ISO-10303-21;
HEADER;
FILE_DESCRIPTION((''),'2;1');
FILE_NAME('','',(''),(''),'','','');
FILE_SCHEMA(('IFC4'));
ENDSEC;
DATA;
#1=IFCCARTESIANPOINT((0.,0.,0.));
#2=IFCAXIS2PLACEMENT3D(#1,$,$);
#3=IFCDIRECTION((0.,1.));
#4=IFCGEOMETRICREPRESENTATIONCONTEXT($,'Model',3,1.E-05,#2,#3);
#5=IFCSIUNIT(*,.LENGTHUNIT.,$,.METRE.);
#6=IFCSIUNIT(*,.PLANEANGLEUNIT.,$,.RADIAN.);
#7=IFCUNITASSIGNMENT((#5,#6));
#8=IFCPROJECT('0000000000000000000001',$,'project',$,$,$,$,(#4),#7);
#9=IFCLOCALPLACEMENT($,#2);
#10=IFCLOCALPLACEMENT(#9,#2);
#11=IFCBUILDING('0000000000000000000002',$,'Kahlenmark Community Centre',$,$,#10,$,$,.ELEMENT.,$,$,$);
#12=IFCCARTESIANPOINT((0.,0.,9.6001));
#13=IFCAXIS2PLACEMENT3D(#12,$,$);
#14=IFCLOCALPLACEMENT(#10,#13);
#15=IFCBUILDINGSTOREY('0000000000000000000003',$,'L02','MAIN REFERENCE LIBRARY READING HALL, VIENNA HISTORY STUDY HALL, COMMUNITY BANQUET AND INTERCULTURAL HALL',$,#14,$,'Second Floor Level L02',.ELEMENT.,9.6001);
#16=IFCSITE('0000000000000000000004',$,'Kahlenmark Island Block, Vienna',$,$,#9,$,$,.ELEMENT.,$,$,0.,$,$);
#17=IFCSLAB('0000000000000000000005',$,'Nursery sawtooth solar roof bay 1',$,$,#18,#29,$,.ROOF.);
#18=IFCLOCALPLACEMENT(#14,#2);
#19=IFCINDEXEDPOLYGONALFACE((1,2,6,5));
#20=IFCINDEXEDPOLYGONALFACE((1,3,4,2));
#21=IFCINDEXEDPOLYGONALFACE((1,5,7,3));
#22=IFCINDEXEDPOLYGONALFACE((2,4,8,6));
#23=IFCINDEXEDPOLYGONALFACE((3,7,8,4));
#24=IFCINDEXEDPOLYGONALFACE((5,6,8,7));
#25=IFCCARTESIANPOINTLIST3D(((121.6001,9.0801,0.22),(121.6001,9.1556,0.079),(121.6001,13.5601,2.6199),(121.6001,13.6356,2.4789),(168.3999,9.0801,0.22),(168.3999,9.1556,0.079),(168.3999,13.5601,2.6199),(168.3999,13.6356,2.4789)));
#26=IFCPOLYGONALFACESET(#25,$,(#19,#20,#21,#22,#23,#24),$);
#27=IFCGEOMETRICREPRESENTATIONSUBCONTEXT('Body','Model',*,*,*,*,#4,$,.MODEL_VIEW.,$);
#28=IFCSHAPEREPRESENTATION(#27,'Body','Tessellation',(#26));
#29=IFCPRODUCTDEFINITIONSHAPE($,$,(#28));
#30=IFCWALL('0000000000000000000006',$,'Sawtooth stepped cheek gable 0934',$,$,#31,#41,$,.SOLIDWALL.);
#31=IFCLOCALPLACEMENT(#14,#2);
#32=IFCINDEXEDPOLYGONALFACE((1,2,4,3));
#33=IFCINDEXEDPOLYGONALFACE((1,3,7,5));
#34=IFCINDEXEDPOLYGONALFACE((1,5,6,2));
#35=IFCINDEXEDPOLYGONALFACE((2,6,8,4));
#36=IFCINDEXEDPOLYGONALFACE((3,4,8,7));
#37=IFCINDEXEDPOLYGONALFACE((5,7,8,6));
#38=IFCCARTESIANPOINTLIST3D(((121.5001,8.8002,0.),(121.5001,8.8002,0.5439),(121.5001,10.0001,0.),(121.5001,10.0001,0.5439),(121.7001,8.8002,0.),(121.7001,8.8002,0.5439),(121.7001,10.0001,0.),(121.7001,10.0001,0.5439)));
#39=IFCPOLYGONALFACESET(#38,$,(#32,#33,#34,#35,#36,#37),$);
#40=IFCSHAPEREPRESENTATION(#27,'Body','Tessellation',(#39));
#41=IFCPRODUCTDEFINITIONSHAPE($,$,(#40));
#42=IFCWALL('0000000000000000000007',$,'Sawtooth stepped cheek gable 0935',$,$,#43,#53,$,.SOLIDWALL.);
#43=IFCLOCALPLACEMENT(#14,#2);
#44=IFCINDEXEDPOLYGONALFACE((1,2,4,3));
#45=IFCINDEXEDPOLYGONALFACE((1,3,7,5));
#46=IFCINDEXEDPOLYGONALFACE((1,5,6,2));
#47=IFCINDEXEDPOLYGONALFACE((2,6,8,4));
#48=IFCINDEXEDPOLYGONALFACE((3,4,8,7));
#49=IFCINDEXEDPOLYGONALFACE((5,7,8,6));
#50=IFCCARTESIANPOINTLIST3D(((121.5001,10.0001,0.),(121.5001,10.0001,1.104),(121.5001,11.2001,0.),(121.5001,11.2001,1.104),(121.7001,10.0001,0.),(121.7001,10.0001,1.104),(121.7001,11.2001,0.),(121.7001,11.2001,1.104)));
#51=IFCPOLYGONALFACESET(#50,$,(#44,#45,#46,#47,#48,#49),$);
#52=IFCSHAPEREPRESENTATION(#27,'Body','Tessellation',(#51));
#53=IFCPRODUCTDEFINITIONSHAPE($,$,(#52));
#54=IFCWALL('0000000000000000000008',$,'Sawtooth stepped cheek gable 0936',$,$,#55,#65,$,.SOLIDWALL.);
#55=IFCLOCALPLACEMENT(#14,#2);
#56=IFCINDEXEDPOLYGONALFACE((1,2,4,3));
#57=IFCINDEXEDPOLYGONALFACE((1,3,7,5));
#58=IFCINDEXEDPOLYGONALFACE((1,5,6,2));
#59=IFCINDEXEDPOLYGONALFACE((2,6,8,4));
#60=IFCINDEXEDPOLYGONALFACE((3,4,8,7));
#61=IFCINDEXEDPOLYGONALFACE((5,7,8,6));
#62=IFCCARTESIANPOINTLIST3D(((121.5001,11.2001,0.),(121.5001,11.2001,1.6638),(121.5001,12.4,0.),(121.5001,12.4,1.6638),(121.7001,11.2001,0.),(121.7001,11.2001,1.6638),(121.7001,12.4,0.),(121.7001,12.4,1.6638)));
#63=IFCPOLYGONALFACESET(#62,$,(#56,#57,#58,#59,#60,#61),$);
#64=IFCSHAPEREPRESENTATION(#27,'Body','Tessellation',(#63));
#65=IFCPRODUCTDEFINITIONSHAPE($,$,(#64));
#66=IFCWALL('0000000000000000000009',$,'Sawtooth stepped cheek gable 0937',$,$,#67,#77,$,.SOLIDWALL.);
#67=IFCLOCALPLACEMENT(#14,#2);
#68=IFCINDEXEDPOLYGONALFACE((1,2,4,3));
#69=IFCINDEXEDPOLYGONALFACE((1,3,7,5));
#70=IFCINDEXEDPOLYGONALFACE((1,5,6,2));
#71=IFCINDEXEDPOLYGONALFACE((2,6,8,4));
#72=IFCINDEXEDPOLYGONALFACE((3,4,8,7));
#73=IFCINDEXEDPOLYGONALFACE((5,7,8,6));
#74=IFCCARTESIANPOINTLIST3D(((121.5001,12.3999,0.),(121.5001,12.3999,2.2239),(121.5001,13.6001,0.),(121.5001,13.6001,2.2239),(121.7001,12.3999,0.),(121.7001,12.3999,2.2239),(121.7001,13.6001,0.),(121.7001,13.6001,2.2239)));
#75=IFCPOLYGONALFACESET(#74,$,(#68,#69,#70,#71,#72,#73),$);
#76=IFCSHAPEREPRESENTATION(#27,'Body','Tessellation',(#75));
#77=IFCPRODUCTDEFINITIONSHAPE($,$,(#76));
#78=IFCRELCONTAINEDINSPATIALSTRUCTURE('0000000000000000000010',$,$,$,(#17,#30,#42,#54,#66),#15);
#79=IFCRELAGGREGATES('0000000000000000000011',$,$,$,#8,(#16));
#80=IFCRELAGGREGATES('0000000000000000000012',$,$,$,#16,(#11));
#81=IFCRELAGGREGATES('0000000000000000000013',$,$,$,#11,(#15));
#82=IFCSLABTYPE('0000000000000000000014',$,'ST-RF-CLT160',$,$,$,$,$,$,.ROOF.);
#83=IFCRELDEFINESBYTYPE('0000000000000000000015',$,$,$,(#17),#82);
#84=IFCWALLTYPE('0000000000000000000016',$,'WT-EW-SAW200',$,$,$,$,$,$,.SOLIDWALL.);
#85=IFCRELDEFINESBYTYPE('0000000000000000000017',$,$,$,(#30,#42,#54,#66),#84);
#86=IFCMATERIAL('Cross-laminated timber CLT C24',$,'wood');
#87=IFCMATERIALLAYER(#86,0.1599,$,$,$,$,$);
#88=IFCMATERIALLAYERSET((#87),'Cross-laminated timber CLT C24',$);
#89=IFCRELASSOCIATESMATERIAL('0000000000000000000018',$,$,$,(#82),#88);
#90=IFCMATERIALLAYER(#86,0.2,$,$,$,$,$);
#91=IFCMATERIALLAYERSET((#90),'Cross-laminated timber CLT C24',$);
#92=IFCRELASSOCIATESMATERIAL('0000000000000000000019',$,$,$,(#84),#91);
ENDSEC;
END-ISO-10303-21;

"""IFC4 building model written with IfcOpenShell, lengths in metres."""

from ifc_helpers import new_model, si_unit, direction, frame, frame_2d, origin, place, context, subcontext, project, spatial, polyline, rectangle, outline, extrude, material, layer, layer_set, type_object, element, save


model = new_model("IFC4")

# Units and contexts
model_context = context("Model", 3, precision=1e-05, world=origin(), true_north=direction((0.0, 1.0)))
body_context = subcontext(model_context, "Body", "Model", "MODEL_VIEW")
ifc_project = project(units=[si_unit("LENGTHUNIT", "METRE"), si_unit("PLANEANGLEUNIT", "RADIAN")], contexts=[model_context])

# Site, building, storey
site_placement = place(None, origin())
site = spatial("IfcSite", under=ifc_project, at=site_placement, Name="Kahlenmark Island Block, Vienna", CompositionType="ELEMENT", RefElevation=0.0)
building_placement = place(site_placement, origin())
building = spatial("IfcBuilding", under=site, at=building_placement, Name="Kahlenmark Community Centre", CompositionType="ELEMENT")
storey_placement = place(building_placement, frame((0.0, 0.0, 9.6001)))
storey = spatial("IfcBuildingStorey", under=building, at=storey_placement, Name="L02", Description="MAIN REFERENCE LIBRARY READING HALL, VIENNA HISTORY STUDY HALL, COMMUNITY BANQUET AND INTERCULTURAL HALL", LongName="Second Floor Level L02", CompositionType="ELEMENT", Elevation=9.6001)

# Slab
ifc_material_1 = material(Name="Cross-laminated timber CLT C24", Category="wood")
ifc_layer_1 = layer(ifc_material_1, 0.1599)
ifc_layer_set_1 = layer_set([ifc_layer_1], Name="Cross-laminated timber CLT C24")
slab_type = type_object("IfcSlabType", Name="ST-RF-CLT160", PredefinedType="ROOF", material=ifc_layer_set_1)
slab_placement = place(storey_placement, frame((121.6001, 9.0801, 0.22), z_axis=(0.0, -0.472208, 0.881487), x_axis=(1.0, 0.0, 0.0)))
element("IfcSlab", 1, at=slab_placement, inside=storey, type_object=slab_type, Name="Nursery sawtooth solar roof bay 1", PredefinedType="ROOF", context=body_context, shape_type="SweptSolid", body=[
    extrude(outline(polyline([(0.0, 0.0), (46.7998, 0.0), (46.7998, 5.0823), (0.0, 5.0823), (0.0, 0.0)])), origin(), (0.0, 0.0, -1.0), 0.1599),
])

# Walls
ifc_layer_2 = layer(ifc_material_1, 0.2)
ifc_layer_set_2 = layer_set([ifc_layer_2], Name="Cross-laminated timber CLT C24")
wall_type = type_object("IfcWallType", Name="WT-EW-SAW200", PredefinedType="SOLIDWALL", material=ifc_layer_set_2)
wall_1_placement = place(storey_placement, frame((121.6001, 8.8, 0.0), z_axis=(0.0, 0.0, 1.0), x_axis=(0.0, 1.0, 0.0)))
element("IfcWall", 2, at=wall_1_placement, inside=storey, type_object=wall_type, Name="Sawtooth stepped cheek gable 0934", PredefinedType="SOLIDWALL", context=body_context, shape_type="SweptSolid", body=[
    extrude(rectangle(XDim=1.2, YDim=0.2, at=frame_2d((0.6001, 0.0))), origin(), (0.0, 0.0, 1.0), 0.5439),
])
wall_2_placement = place(storey_placement, frame((121.6001, 10.0, 0.0), z_axis=(0.0, 0.0, 1.0), x_axis=(0.0, 1.0, 0.0)))
element("IfcWall", 3, at=wall_2_placement, inside=storey, type_object=wall_type, Name="Sawtooth stepped cheek gable 0935", PredefinedType="SOLIDWALL", context=body_context, shape_type="SweptSolid", body=[
    extrude(rectangle(XDim=1.2, YDim=0.2, at=frame_2d((0.6001, 0.0))), origin(), (0.0, 0.0, 1.0), 1.104),
])
wall_3_placement = place(storey_placement, frame((121.6001, 11.2, 0.0), z_axis=(0.0, 0.0, 1.0), x_axis=(0.0, 1.0, 0.0)))
element("IfcWall", 4, at=wall_3_placement, inside=storey, type_object=wall_type, Name="Sawtooth stepped cheek gable 0936", PredefinedType="SOLIDWALL", context=body_context, shape_type="SweptSolid", body=[
    extrude(rectangle(XDim=1.2, YDim=0.2, at=frame_2d((0.6001, 0.0))), origin(), (0.0, 0.0, 1.0), 1.6638),
])
wall_4_placement = place(storey_placement, frame((121.6001, 12.3999, 0.0), z_axis=(0.0, 0.0, 1.0), x_axis=(0.0, 1.0, 0.0)))
element("IfcWall", 5, at=wall_4_placement, inside=storey, type_object=wall_type, Name="Sawtooth stepped cheek gable 0937", PredefinedType="SOLIDWALL", context=body_context, shape_type="SweptSolid", body=[
    extrude(rectangle(XDim=1.2002, YDim=0.2, at=frame_2d((0.6001, 0.0))), origin(), (0.0, 0.0, 1.0), 2.2239),
])

save(model, "model.ifc")
